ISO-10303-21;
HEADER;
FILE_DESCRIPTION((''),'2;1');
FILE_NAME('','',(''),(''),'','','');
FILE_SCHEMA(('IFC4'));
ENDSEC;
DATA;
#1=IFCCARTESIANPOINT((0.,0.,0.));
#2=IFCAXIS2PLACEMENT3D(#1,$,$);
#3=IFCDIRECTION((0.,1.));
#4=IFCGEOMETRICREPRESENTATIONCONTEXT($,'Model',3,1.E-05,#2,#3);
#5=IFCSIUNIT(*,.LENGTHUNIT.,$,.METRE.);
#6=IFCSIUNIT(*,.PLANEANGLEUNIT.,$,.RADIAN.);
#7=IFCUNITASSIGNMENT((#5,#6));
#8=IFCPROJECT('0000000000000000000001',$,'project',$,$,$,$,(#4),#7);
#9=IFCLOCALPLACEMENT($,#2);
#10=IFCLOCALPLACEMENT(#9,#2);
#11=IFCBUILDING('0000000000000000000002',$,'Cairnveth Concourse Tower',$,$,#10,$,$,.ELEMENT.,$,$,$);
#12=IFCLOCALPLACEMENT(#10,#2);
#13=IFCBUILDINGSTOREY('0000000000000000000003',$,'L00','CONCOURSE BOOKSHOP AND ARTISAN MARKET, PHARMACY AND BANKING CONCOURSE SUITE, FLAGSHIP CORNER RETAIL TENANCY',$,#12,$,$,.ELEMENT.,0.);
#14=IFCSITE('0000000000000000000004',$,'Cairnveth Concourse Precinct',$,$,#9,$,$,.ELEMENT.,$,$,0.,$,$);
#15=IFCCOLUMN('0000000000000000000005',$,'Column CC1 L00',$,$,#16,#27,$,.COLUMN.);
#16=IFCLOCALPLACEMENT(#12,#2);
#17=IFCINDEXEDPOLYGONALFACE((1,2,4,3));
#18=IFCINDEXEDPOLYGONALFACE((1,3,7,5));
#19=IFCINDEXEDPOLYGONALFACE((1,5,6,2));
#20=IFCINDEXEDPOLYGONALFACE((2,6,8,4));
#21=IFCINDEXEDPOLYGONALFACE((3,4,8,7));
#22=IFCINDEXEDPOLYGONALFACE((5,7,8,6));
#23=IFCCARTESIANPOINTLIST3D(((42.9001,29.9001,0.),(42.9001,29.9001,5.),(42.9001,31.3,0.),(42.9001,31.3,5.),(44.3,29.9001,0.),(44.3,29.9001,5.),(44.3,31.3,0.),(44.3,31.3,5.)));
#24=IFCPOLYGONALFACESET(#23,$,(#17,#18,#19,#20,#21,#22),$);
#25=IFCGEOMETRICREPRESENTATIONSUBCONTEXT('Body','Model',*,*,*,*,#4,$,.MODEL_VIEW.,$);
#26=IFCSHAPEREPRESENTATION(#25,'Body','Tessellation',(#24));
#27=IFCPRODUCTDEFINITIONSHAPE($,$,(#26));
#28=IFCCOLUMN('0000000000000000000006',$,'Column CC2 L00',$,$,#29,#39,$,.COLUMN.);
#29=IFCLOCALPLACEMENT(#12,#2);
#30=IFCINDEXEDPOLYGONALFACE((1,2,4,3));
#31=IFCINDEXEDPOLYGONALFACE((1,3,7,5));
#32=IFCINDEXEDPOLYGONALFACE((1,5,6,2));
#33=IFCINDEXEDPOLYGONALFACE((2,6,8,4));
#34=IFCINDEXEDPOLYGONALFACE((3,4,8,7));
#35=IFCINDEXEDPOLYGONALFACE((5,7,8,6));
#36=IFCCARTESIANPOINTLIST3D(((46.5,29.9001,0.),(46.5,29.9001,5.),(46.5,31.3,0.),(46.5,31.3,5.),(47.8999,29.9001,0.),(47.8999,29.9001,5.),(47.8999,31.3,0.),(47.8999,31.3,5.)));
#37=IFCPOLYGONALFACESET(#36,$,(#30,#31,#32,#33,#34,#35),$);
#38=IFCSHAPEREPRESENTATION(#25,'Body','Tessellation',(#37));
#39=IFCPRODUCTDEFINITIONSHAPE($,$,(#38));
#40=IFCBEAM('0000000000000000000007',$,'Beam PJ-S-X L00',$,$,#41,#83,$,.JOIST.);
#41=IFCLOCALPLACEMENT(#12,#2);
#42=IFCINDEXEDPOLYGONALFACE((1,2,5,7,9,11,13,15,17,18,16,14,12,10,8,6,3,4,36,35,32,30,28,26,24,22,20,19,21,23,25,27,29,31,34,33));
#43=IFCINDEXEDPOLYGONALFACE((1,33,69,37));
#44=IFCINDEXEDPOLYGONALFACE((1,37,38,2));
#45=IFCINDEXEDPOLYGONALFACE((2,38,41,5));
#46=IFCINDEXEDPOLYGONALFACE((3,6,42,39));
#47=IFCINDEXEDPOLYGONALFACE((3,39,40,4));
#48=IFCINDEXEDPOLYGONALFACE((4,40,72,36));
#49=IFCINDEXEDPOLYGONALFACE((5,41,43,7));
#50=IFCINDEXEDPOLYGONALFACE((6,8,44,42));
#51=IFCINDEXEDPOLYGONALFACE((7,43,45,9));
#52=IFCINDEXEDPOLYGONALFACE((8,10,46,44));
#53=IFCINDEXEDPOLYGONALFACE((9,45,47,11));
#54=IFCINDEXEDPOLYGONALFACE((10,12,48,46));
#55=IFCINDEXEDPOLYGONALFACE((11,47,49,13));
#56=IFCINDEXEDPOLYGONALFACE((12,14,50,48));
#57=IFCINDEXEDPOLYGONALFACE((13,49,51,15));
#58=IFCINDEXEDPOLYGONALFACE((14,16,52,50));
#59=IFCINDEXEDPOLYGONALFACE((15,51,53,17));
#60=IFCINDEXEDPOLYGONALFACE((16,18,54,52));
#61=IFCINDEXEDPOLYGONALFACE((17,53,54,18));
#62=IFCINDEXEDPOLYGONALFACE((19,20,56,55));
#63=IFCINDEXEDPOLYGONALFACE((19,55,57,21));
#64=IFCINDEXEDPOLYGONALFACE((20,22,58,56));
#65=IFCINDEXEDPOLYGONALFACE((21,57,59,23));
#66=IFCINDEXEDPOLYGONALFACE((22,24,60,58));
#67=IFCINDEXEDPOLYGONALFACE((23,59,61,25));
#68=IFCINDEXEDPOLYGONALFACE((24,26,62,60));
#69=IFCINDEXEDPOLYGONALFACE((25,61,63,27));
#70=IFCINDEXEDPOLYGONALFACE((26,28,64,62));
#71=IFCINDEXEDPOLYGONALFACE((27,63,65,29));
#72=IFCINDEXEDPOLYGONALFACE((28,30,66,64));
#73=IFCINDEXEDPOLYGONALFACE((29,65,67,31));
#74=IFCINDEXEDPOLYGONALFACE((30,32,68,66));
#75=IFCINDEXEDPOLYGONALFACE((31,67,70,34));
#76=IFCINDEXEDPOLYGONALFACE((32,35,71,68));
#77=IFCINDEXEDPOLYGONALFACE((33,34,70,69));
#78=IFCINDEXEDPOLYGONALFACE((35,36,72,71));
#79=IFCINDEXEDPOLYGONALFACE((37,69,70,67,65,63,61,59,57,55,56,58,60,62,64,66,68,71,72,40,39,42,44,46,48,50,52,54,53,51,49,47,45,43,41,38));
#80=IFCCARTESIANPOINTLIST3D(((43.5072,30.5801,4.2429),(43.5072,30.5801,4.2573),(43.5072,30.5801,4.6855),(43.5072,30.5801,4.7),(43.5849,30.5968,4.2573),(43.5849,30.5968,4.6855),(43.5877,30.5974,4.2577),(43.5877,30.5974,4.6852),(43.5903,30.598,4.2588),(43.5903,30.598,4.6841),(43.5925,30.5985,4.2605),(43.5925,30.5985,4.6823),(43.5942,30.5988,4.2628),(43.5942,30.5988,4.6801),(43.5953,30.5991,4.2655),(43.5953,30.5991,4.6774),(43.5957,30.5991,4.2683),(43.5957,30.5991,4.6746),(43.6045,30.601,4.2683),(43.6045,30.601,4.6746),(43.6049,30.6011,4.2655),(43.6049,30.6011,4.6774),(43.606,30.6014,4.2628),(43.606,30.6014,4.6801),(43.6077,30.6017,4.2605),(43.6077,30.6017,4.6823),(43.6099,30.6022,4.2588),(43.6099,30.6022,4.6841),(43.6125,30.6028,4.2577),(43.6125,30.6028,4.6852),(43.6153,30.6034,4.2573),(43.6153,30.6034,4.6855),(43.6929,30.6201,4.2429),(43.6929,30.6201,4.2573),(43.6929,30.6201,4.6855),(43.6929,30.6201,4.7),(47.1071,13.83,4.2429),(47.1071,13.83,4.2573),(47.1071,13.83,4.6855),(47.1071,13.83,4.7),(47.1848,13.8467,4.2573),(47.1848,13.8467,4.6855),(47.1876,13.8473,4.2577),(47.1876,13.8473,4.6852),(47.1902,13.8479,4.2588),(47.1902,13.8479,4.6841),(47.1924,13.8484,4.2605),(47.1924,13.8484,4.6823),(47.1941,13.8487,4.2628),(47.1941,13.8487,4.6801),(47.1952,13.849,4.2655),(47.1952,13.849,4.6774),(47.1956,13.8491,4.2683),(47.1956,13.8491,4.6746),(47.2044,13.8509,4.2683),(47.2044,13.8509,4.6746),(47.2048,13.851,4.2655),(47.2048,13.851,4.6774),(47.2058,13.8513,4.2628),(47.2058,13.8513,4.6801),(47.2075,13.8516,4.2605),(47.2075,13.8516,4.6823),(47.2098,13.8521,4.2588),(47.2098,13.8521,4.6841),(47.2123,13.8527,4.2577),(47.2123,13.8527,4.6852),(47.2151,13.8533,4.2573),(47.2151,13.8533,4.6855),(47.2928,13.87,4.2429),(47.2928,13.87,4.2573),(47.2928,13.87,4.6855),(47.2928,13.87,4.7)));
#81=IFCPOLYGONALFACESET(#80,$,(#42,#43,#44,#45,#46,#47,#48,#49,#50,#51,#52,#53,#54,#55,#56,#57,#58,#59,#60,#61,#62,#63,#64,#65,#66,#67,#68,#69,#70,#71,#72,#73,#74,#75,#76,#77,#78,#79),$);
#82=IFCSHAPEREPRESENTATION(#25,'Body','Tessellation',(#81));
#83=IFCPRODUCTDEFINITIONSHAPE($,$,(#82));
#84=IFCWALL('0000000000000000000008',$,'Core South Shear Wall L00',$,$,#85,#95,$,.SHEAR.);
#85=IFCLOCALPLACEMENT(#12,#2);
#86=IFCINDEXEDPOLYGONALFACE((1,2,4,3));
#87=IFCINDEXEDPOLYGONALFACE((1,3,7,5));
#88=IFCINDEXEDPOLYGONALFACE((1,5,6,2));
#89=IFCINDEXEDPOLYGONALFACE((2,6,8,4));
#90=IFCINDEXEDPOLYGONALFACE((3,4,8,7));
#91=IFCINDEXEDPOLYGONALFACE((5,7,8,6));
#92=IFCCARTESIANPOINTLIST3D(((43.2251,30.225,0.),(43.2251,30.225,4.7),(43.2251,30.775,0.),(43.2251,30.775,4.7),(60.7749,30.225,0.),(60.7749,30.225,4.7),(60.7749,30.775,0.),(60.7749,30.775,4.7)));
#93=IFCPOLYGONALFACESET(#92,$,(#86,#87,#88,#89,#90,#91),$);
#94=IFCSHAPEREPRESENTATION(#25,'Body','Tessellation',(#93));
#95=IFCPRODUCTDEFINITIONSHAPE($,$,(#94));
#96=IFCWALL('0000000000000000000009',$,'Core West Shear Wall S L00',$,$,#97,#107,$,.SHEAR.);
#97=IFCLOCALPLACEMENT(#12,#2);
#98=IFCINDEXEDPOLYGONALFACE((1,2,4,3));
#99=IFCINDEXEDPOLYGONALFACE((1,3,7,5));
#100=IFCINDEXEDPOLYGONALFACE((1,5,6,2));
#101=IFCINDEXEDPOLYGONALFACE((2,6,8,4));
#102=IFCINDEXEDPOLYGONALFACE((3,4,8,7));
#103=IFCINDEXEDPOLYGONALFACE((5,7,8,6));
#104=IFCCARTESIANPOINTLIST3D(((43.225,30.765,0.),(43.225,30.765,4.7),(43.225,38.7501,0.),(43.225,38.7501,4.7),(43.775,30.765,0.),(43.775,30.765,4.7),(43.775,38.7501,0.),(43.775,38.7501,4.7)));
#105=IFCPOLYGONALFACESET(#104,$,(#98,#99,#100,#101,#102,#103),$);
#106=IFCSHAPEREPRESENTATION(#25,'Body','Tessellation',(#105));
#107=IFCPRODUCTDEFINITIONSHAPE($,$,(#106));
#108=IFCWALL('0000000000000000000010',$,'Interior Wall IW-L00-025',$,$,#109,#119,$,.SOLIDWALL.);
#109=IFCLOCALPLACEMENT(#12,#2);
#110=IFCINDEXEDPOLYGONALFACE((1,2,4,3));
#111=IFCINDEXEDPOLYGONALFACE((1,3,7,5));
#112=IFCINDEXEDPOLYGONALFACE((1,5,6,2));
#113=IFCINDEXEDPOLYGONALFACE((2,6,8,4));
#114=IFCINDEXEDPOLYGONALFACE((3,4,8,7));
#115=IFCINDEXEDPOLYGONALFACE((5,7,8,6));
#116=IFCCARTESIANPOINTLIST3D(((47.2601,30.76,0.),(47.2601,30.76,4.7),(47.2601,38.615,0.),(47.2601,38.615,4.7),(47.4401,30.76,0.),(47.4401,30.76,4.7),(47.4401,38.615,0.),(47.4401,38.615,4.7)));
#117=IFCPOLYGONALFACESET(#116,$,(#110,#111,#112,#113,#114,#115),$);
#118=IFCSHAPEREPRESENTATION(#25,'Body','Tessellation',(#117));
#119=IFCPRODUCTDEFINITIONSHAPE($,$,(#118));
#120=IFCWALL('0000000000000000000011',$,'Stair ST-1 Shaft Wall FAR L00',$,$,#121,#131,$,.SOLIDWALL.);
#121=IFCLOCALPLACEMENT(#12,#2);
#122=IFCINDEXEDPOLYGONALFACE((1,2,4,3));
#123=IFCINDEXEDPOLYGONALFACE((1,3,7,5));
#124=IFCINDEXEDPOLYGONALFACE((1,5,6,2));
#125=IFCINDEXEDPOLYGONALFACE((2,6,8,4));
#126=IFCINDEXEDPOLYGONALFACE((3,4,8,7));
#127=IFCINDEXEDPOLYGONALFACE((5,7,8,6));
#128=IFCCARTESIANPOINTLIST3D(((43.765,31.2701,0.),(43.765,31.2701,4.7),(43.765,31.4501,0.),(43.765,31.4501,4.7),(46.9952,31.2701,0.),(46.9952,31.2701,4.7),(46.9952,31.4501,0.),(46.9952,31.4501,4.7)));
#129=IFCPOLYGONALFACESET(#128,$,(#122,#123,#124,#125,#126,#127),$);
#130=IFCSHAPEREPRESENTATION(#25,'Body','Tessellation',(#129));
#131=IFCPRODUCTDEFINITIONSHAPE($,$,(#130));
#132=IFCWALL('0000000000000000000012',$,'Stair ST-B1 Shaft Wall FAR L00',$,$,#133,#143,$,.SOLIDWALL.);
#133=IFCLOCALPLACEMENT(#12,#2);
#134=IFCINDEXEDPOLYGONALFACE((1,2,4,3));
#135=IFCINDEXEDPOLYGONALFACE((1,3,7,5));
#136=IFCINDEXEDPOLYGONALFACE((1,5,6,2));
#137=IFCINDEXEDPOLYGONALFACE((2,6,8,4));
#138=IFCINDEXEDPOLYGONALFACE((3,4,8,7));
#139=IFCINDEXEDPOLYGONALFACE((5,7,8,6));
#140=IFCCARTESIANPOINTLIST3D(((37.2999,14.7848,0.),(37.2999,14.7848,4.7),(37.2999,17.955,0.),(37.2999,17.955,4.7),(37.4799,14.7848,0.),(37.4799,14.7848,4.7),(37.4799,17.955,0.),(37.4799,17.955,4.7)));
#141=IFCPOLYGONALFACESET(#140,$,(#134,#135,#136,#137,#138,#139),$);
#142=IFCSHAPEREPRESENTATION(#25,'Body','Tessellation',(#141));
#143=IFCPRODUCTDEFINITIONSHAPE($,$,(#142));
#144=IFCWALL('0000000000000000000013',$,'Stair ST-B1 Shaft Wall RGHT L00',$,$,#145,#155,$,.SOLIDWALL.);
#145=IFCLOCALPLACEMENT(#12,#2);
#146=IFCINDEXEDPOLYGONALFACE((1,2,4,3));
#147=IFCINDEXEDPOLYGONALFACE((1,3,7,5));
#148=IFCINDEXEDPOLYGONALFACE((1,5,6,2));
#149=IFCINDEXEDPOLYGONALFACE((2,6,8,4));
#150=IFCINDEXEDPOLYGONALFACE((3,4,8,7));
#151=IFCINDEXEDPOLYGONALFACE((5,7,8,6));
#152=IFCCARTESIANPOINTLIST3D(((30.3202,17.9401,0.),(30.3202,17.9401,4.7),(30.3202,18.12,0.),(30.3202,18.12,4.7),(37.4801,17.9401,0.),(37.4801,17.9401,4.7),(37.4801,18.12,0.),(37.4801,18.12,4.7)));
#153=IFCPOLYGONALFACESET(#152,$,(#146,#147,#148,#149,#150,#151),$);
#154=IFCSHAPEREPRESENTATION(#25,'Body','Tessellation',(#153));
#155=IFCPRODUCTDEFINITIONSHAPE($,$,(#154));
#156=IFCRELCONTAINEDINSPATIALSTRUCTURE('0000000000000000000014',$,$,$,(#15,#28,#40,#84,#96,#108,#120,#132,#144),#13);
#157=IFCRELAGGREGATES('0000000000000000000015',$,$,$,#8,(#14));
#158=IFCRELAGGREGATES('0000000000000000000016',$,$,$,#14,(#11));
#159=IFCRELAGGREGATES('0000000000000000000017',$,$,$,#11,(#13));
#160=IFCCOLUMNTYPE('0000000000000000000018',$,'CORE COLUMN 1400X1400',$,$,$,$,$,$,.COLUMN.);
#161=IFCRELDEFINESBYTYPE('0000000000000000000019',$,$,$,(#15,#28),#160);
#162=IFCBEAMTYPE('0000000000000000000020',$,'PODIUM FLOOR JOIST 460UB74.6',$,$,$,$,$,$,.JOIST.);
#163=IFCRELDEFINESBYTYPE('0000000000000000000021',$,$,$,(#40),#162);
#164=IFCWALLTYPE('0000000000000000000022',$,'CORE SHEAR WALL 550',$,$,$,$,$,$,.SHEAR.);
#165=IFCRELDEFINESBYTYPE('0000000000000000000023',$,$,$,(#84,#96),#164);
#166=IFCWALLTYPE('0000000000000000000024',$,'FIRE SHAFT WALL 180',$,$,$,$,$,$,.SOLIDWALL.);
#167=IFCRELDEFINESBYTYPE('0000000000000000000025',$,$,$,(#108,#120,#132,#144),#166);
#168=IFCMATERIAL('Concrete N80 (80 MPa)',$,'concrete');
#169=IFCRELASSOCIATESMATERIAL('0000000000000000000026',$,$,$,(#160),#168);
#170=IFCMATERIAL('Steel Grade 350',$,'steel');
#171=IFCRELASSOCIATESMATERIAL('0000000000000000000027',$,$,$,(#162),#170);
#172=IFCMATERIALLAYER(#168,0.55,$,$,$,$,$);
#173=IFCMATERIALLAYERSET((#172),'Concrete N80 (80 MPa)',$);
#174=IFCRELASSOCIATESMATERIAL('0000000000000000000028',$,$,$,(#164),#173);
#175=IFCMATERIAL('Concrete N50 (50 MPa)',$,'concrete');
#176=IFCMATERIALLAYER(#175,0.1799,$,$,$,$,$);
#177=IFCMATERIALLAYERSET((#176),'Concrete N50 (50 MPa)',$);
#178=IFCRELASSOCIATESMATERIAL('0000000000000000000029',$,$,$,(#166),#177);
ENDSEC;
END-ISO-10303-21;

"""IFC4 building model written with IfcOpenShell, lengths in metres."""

from ifc_helpers import new_model, si_unit, direction, frame, frame_2d, origin, origin_2d, place, context, subcontext, project, spatial, rectangle, i_section, extrude, material, layer, layer_set, material_profile, profile_set, type_object, element, save


model = new_model("IFC4")

# Units and contexts
model_context = context("Model", 3, precision=1e-05, world=origin(), true_north=direction((0.0, 1.0)))
body_context = subcontext(model_context, "Body", "Model", "MODEL_VIEW")
ifc_project = project(units=[si_unit("LENGTHUNIT", "METRE"), si_unit("PLANEANGLEUNIT", "RADIAN")], contexts=[model_context])

# Site, building, storey
site_placement = place(None, origin())
site = spatial("IfcSite", under=ifc_project, at=site_placement, Name="Cairnveth Concourse Precinct", CompositionType="ELEMENT", RefElevation=0.0)
building_placement = place(site_placement, origin())
building = spatial("IfcBuilding", under=site, at=building_placement, Name="Cairnveth Concourse Tower", CompositionType="ELEMENT")
storey_placement = place(building_placement, origin())
storey = spatial("IfcBuildingStorey", under=building, at=storey_placement, Name="L00", Description="CONCOURSE BOOKSHOP AND ARTISAN MARKET, PHARMACY AND BANKING CONCOURSE SUITE, FLAGSHIP CORNER RETAIL TENANCY", CompositionType="ELEMENT", Elevation=0.0)

# Columns
ifc_material_1 = material(Name="Concrete N80 (80 MPa)", Category="concrete")
ifc_material_profile_1 = material_profile(ifc_material_1, rectangle(XDim=1.3999, YDim=1.3999, at=origin_2d()), Name="RC-COL-1400x1400")
ifc_profile_set_1 = profile_set([ifc_material_profile_1], Name="Concrete N80 (80 MPa)")
column_type = type_object("IfcColumnType", Name="CORE COLUMN 1400X1400", PredefinedType="COLUMN", material=ifc_profile_set_1)
for number, where, z_axis, x_axis, name in (
    (1, (43.6001, 30.6001, 0.0), (0.0, 0.0, 1.0), (1.0, 0.0, 0.0), "Column CC1 L00"),
    (2, (47.2, 30.6001, 0.0), (0.0, 0.0, 1.0), (1.0, 0.0, 0.0), "Column CC2 L00"),
):
    element("IfcColumn", number, at=place(storey_placement, frame(where, z_axis=z_axis, x_axis=x_axis)), inside=storey, type_object=column_type, Name=name, PredefinedType="COLUMN", context=body_context, shape_type="SweptSolid", body=[
        extrude(rectangle(XDim=1.3999, YDim=1.3999, at=origin_2d()), origin(), (0.0, 0.0, 1.0), 5.0),
    ])

# Beam
ifc_material_2 = material(Name="Steel Grade 350", Category="steel")
ifc_material_profile_2 = material_profile(ifc_material_2, i_section(OverallWidth=0.1899, OverallDepth=0.457, WebThickness=0.009, FlangeThickness=0.0144, FilletRadius=0.011, at=origin_2d()), Name="460UB74.6")
ifc_profile_set_2 = profile_set([ifc_material_profile_2], Name="Steel Grade 350")
beam_type = type_object("IfcBeamType", Name="PODIUM FLOOR JOIST 460UB74.6", PredefinedType="JOIST", material=ifc_profile_set_2)
beam_placement = place(storey_placement, frame((43.6001, 30.6001, 4.4714), z_axis=(0.210119, -0.977676, 0.0), x_axis=(0.977676, 0.210119, 0.0)))
element("IfcBeam", 3, at=beam_placement, inside=storey, type_object=beam_type, Name="Beam PJ-S-X L00", PredefinedType="JOIST", context=body_context, shape_type="SweptSolid", body=[
    extrude(i_section(OverallWidth=0.1899, OverallDepth=0.457, WebThickness=0.009, FlangeThickness=0.0144, FilletRadius=0.011, at=origin_2d()), origin(), (0.0, 0.0, 1.0), 17.1326),
])

# Walls
ifc_layer_1 = layer(ifc_material_1, 0.55)
ifc_layer_set_1 = layer_set([ifc_layer_1], Name="Concrete N80 (80 MPa)")
wall_type_1 = type_object("IfcWallType", Name="CORE SHEAR WALL 550", PredefinedType="SHEAR", material=ifc_layer_set_1)
wall_1_placement = place(storey_placement, frame((43.2251, 30.5, 0.0), z_axis=(0.0, 0.0, 1.0), x_axis=(1.0, 0.0, 0.0)))
element("IfcWall", 4, at=wall_1_placement, inside=storey, type_object=wall_type_1, Name="Core South Shear Wall L00", PredefinedType="SHEAR", context=body_context, shape_type="SweptSolid", body=[
    extrude(rectangle(XDim=17.5498, YDim=0.55, at=frame_2d((8.7749, 0.0))), origin(), (0.0, 0.0, 1.0), 4.7),
])
wall_2_placement = place(storey_placement, frame((43.5, 30.7649, 0.0), z_axis=(0.0, 0.0, 1.0), x_axis=(0.0, 1.0, 0.0)))
element("IfcWall", 5, at=wall_2_placement, inside=storey, type_object=wall_type_1, Name="Core West Shear Wall S L00", PredefinedType="SHEAR", context=body_context, shape_type="SweptSolid", body=[
    extrude(rectangle(XDim=7.9851, YDim=0.55, at=frame_2d((3.9927, 0.0))), origin(), (0.0, 0.0, 1.0), 4.7),
])
ifc_material_3 = material(Name="Concrete N50 (50 MPa)", Category="concrete")
ifc_layer_2 = layer(ifc_material_3, 0.1799)
ifc_layer_set_2 = layer_set([ifc_layer_2], Name="Concrete N50 (50 MPa)")
wall_type_2 = type_object("IfcWallType", Name="FIRE SHAFT WALL 180", PredefinedType="SOLIDWALL", material=ifc_layer_set_2)
wall_3_placement = place(storey_placement, frame((47.3501, 30.76, 0.0), z_axis=(0.0, 0.0, 1.0), x_axis=(0.0, 1.0, 0.0)))
element("IfcWall", 6, at=wall_3_placement, inside=storey, type_object=wall_type_2, Name="Interior Wall IW-L00-025", PredefinedType="SOLIDWALL", context=body_context, shape_type="SweptSolid", body=[
    extrude(rectangle(XDim=7.855, YDim=0.1799, at=frame_2d((3.9275, 0.0))), origin(), (0.0, 0.0, 1.0), 4.7),
])
wall_4_placement = place(storey_placement, frame((43.7649, 31.3601, 0.0), z_axis=(0.0, 0.0, 1.0), x_axis=(1.0, 0.0, 0.0)))
element("IfcWall", 7, at=wall_4_placement, inside=storey, type_object=wall_type_2, Name="Stair ST-1 Shaft Wall FAR L00", PredefinedType="SOLIDWALL", context=body_context, shape_type="SweptSolid", body=[
    extrude(rectangle(XDim=3.2302, YDim=0.1799, at=frame_2d((1.6152, 0.0))), origin(), (0.0, 0.0, 1.0), 4.7),
])

# Walls
wall_5_placement = place(storey_placement, frame((37.3899, 14.7849, 0.0), z_axis=(0.0, 0.0, 1.0), x_axis=(0.0, 1.0, 0.0)))
element("IfcWall", 8, at=wall_5_placement, inside=storey, type_object=wall_type_2, Name="Stair ST-B1 Shaft Wall FAR L00", PredefinedType="SOLIDWALL", context=body_context, shape_type="SweptSolid", body=[
    extrude(rectangle(XDim=3.1702, YDim=0.1799, at=frame_2d((1.585, 0.0))), origin(), (0.0, 0.0, 1.0), 4.7),
])
wall_6_placement = place(storey_placement, frame((30.3201, 18.03, 0.0), z_axis=(0.0, 0.0, 1.0), x_axis=(1.0, 0.0, 0.0)))
element("IfcWall", 9, at=wall_6_placement, inside=storey, type_object=wall_type_2, Name="Stair ST-B1 Shaft Wall RGHT L00", PredefinedType="SOLIDWALL", context=body_context, shape_type="SweptSolid", body=[
    extrude(rectangle(XDim=7.1599, YDim=0.1799, at=frame_2d((3.5801, 0.0))), origin(), (0.0, 0.0, 1.0), 4.7),
])

save(model, "model.ifc")
